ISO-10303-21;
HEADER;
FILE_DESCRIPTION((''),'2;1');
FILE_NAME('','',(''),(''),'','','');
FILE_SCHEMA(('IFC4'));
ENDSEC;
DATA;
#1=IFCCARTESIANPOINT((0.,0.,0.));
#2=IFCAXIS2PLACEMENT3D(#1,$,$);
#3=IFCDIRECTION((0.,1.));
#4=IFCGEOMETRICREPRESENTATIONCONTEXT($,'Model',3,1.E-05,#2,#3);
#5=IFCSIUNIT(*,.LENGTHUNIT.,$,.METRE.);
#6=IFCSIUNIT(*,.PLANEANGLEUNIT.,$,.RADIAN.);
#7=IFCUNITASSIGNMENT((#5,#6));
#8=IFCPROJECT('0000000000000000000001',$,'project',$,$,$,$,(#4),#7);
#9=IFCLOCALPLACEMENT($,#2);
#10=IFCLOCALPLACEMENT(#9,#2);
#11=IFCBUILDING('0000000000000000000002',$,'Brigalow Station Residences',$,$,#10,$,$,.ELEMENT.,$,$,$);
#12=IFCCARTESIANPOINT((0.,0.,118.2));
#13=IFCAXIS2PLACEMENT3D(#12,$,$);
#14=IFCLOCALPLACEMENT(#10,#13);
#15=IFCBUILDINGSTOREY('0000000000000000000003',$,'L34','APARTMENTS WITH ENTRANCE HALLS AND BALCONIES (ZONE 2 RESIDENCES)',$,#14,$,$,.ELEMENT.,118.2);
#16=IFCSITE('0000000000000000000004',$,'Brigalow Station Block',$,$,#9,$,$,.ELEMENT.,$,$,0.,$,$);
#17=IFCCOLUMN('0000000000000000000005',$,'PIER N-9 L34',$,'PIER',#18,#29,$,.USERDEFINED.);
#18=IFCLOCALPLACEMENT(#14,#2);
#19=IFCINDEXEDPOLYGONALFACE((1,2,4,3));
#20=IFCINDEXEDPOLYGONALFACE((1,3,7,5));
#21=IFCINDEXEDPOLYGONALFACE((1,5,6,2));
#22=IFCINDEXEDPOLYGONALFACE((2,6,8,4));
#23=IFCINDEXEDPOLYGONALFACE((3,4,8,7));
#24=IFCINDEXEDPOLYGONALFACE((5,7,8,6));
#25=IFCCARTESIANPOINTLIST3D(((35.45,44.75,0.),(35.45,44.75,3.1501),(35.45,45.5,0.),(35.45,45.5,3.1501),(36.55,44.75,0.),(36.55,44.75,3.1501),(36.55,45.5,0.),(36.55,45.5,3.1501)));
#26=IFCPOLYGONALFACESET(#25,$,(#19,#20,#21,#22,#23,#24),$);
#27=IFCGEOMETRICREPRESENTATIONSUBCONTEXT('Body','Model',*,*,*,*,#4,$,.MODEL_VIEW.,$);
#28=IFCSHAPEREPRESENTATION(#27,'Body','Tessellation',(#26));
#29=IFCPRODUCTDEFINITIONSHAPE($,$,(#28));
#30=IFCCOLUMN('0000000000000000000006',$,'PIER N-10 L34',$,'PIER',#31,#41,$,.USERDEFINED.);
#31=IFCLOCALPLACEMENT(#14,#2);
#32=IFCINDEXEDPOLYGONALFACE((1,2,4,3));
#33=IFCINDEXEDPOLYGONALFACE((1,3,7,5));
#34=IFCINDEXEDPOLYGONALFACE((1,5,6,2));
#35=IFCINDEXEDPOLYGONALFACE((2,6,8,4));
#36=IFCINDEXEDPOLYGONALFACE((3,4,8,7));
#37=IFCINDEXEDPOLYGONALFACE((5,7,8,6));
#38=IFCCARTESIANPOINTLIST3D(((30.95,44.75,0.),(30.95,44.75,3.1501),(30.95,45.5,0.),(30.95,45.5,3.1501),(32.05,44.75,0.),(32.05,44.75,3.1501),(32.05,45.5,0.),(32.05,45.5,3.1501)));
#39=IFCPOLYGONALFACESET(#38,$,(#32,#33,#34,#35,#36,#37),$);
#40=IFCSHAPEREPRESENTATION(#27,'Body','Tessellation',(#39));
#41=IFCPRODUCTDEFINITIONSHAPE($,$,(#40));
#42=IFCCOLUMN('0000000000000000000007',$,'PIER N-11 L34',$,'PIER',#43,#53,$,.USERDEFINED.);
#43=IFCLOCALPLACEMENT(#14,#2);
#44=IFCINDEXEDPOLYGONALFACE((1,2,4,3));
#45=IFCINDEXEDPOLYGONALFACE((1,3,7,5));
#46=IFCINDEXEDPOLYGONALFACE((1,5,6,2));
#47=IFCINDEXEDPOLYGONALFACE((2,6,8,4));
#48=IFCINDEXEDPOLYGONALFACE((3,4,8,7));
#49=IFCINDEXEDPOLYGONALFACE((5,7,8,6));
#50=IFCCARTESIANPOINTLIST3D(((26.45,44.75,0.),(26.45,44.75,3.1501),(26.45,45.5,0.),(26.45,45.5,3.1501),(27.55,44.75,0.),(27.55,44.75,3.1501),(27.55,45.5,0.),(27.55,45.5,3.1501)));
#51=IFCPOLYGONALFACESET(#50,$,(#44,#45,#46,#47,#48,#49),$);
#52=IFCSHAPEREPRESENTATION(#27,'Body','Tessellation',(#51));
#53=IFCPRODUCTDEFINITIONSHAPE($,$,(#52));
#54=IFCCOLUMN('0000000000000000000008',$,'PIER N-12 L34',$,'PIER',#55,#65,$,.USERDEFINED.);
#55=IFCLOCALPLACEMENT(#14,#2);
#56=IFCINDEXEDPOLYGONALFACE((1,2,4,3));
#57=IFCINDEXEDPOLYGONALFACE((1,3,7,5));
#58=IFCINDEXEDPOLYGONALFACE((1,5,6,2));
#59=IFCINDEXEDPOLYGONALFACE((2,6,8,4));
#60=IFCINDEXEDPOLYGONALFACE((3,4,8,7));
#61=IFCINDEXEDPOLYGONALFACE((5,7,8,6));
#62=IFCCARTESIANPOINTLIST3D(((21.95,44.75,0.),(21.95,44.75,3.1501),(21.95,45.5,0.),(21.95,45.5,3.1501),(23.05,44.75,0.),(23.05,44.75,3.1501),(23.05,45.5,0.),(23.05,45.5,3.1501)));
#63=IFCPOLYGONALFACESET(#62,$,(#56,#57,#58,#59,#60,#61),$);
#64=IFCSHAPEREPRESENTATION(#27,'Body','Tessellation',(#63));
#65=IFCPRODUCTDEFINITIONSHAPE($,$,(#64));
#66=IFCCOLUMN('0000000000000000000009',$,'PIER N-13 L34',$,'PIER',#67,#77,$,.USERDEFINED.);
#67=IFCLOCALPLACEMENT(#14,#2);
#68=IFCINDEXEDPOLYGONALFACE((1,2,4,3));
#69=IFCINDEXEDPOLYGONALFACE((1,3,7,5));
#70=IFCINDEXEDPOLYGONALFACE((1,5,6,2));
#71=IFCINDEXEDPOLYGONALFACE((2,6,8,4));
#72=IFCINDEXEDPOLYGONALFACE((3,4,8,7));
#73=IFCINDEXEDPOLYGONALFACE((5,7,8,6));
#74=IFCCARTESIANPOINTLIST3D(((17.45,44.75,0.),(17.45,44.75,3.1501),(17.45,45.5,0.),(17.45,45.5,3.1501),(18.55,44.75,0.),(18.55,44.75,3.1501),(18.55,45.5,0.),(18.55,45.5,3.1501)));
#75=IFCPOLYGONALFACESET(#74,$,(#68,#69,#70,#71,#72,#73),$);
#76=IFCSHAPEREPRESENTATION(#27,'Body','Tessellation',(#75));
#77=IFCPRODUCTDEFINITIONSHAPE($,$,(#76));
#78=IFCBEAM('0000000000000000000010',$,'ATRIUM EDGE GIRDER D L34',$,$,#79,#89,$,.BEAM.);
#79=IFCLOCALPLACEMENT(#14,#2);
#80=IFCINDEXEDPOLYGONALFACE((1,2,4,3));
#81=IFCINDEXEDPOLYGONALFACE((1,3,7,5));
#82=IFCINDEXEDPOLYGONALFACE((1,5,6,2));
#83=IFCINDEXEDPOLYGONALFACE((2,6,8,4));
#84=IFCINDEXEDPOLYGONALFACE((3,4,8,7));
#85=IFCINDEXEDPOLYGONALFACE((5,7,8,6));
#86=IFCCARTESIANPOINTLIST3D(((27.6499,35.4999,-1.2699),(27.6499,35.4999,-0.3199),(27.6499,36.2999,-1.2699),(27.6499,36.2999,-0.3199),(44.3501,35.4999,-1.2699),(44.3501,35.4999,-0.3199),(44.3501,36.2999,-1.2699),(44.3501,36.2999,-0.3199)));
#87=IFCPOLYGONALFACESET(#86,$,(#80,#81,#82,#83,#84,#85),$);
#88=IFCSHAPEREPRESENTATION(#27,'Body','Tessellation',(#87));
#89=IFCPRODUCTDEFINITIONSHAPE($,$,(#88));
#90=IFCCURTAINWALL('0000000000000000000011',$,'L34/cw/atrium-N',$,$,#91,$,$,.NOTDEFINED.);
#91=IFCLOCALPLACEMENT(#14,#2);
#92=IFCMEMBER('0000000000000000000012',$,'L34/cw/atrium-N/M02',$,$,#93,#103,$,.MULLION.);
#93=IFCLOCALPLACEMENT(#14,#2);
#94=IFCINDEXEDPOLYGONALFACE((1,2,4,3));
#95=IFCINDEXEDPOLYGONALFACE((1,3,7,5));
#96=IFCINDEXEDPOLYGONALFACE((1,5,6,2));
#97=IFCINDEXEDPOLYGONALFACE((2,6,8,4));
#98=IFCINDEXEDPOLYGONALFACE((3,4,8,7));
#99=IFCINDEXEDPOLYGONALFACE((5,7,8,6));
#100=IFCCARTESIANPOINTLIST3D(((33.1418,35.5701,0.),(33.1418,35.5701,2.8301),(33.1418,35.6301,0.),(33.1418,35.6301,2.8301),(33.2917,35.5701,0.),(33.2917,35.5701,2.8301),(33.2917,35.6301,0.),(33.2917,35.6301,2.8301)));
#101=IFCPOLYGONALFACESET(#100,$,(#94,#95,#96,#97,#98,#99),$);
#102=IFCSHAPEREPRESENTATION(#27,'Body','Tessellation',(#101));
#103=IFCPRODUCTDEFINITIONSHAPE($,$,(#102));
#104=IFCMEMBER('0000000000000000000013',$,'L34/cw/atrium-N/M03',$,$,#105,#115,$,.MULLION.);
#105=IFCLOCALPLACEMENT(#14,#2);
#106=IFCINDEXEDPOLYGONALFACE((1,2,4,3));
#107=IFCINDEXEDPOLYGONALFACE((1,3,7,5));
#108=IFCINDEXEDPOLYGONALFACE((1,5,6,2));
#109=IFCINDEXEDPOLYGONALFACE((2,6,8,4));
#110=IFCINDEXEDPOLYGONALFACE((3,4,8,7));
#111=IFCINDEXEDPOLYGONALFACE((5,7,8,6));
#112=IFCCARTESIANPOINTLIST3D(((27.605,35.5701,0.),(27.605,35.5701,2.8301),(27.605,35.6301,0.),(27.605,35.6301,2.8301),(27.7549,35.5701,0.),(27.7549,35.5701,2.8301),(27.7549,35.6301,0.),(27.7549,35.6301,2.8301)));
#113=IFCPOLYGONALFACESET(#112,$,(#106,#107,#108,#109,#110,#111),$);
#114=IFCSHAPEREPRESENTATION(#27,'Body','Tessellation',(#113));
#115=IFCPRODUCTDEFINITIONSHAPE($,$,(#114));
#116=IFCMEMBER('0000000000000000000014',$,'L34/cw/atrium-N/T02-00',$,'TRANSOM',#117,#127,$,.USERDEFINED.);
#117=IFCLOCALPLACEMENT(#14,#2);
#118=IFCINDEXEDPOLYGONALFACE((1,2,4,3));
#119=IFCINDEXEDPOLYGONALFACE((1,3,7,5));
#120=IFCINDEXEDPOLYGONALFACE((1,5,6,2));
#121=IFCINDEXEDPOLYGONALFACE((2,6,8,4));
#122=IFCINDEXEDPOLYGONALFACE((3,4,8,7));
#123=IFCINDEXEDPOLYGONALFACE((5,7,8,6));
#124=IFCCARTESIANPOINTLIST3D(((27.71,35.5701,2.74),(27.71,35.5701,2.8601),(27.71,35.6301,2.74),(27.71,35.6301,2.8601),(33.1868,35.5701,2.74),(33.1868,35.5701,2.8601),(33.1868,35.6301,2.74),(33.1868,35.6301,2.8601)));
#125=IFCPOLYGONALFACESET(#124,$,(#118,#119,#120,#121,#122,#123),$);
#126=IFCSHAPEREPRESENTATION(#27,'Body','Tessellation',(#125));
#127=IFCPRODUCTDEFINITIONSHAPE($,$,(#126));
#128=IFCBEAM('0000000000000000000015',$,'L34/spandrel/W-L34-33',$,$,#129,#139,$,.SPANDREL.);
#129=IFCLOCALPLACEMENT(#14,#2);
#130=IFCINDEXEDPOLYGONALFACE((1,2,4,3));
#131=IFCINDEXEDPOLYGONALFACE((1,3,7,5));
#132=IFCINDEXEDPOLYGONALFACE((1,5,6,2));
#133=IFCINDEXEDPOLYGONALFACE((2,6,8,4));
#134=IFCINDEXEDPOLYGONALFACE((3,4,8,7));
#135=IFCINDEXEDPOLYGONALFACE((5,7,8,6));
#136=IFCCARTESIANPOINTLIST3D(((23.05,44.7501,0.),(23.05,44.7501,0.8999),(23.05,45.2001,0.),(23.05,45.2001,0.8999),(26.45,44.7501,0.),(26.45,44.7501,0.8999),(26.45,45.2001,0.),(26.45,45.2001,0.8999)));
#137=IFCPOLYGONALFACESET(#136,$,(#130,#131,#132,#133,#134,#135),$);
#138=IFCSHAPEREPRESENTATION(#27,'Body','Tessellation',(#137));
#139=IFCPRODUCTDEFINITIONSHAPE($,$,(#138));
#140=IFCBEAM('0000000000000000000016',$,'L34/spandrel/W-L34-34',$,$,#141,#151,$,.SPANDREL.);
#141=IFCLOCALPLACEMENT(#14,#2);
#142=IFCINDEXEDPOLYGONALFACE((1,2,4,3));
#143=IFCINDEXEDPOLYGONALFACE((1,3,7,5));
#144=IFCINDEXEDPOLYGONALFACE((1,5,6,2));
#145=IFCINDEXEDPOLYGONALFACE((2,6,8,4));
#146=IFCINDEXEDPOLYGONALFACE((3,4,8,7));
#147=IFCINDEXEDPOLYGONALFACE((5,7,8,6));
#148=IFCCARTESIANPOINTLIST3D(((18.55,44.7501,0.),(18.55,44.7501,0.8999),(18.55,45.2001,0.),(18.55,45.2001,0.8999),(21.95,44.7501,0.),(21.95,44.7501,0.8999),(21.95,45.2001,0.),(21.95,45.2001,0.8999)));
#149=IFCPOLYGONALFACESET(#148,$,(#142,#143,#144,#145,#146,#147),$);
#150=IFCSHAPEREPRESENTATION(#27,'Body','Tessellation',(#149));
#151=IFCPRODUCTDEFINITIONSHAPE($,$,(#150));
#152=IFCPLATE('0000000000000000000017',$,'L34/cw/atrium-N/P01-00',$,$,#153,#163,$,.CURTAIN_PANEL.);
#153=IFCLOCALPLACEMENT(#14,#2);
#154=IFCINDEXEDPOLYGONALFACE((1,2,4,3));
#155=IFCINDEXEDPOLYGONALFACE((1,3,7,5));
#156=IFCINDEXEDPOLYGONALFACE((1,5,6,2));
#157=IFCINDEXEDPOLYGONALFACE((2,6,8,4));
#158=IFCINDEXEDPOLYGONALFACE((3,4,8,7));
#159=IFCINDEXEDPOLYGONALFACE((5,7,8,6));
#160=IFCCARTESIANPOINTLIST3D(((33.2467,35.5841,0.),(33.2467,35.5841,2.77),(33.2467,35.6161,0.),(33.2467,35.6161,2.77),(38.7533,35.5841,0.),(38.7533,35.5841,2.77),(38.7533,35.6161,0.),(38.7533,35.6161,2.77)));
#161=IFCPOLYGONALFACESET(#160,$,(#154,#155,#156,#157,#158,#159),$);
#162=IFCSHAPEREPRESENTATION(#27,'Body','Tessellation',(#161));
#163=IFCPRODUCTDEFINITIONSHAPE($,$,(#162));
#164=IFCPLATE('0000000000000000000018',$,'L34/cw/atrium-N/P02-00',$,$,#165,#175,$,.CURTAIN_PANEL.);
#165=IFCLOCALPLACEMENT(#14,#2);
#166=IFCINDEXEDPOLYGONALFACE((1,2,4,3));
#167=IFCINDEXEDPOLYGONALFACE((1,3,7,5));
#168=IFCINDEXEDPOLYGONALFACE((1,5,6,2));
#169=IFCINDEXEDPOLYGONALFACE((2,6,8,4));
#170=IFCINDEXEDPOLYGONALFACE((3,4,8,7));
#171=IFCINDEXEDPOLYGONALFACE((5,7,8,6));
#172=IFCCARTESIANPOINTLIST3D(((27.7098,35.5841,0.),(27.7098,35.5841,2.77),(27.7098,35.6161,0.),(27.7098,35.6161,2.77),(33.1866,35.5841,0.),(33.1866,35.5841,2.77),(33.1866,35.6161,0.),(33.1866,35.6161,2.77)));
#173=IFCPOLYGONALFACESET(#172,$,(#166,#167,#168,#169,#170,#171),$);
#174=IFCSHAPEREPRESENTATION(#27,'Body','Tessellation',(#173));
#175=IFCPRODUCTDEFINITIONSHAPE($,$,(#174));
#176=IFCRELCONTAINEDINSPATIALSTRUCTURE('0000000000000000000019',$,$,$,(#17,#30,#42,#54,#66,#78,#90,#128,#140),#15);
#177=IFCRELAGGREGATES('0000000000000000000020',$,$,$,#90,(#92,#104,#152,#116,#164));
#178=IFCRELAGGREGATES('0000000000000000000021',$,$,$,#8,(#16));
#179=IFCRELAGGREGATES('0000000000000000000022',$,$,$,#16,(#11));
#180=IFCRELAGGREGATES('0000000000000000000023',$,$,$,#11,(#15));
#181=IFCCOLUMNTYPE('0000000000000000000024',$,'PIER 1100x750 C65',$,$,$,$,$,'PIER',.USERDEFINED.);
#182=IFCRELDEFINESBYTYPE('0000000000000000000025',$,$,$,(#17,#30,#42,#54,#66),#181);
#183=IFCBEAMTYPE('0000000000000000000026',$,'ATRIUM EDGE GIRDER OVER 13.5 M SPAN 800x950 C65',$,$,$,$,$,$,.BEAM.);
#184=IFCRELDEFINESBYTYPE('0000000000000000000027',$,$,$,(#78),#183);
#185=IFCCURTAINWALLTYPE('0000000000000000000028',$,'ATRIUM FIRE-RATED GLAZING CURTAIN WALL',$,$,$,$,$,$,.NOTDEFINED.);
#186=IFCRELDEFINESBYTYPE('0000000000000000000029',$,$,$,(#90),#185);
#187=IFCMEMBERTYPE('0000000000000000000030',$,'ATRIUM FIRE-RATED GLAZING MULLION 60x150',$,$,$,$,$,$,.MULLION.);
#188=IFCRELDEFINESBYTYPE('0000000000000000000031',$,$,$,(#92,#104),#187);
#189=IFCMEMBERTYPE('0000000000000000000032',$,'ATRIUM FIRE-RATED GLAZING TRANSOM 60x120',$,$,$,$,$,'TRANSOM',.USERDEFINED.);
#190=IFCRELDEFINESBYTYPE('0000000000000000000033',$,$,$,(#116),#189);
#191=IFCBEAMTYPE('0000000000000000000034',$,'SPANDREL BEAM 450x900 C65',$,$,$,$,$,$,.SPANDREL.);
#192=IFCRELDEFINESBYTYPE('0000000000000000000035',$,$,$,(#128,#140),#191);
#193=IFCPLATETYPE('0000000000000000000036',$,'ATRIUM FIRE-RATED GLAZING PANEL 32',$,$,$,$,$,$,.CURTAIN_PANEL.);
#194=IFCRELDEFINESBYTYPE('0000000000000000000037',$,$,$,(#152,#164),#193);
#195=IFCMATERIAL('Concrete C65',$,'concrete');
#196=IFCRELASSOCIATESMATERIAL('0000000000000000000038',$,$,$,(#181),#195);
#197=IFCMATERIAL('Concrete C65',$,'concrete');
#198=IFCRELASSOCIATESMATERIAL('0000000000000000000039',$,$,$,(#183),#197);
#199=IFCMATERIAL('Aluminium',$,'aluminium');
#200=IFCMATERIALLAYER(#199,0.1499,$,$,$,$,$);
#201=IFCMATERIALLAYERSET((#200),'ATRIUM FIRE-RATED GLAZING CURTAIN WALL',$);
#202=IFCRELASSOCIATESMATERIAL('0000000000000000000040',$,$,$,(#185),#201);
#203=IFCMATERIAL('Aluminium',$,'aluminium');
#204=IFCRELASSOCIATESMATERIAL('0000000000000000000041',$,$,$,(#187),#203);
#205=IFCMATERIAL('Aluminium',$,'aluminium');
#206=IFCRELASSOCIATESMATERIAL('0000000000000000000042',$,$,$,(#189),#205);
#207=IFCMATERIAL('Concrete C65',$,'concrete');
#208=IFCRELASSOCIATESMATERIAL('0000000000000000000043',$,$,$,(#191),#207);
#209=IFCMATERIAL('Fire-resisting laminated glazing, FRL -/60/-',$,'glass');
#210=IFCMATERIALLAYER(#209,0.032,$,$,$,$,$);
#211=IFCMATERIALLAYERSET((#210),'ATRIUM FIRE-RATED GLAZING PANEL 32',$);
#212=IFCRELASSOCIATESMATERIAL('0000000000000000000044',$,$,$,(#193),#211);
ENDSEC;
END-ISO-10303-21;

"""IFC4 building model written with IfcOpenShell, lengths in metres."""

from ifc_helpers import new_model, si_unit, direction, frame, origin, origin_2d, place, context, subcontext, project, spatial, rectangle, extrude, material, layer, layer_set, material_profile, profile_set, type_object, element, aggregate, save


model = new_model("IFC4")

# Units and contexts
model_context = context("Model", 3, precision=1e-05, world=origin(), true_north=direction((0.0, 1.0)))
body_context = subcontext(model_context, "Body", "Model", "MODEL_VIEW")
ifc_project = project(units=[si_unit("LENGTHUNIT", "METRE"), si_unit("PLANEANGLEUNIT", "RADIAN")], contexts=[model_context])

# Site, building, storey
site_placement = place(None, origin())
site = spatial("IfcSite", under=ifc_project, at=site_placement, Name="Brigalow Station Block", CompositionType="ELEMENT", RefElevation=0.0)
building_placement = place(site_placement, origin())
building = spatial("IfcBuilding", under=site, at=building_placement, Name="Brigalow Station Residences", CompositionType="ELEMENT")
storey_placement = place(building_placement, frame((0.0, 0.0, 118.2)))
storey = spatial("IfcBuildingStorey", under=building, at=storey_placement, Name="L34", Description="APARTMENTS WITH ENTRANCE HALLS AND BALCONIES (ZONE 2 RESIDENCES)", CompositionType="ELEMENT", Elevation=118.2)

# Columns
ifc_material_1 = material(Name="Concrete C65", Category="concrete")
ifc_material_profile_1 = material_profile(ifc_material_1, rectangle(XDim=1.1001, YDim=0.75, at=origin_2d()), Name="RC1100x750")
ifc_profile_set_1 = profile_set([ifc_material_profile_1], Name="Concrete C65")
column_type = type_object("IfcColumnType", Name="PIER 1100x750 C65", ElementType="PIER", PredefinedType="USERDEFINED", material=ifc_profile_set_1)
for number, where, z_axis, x_axis, name in (
    (1, (36.0, 45.125, 0.0), (0.0, 0.0, 1.0), (-1.0, 0.0, 0.0), "PIER N-9 L34"),
    (2, (31.5, 45.125, 0.0), (0.0, 0.0, 1.0), (-1.0, 0.0, 0.0), "PIER N-10 L34"),
    (3, (27.0, 45.125, 0.0), (0.0, 0.0, 1.0), (-1.0, 0.0, 0.0), "PIER N-11 L34"),
    (4, (22.5, 45.125, 0.0), (0.0, 0.0, 1.0), (-1.0, 0.0, 0.0), "PIER N-12 L34"),
    (5, (18.0, 45.125, 0.0), (0.0, 0.0, 1.0), (-1.0, 0.0, 0.0), "PIER N-13 L34"),
):
    element("IfcColumn", number, at=place(storey_placement, frame(where, z_axis=z_axis, x_axis=x_axis)), inside=storey, type_object=column_type, Name=name, ObjectType="PIER", PredefinedType="USERDEFINED", context=body_context, shape_type="SweptSolid", body=[
        extrude(rectangle(XDim=1.1001, YDim=0.75, at=origin_2d()), origin(), (0.0, 0.0, 1.0), 3.1501),
    ])

# Beam
ifc_material_2 = material(Name="Concrete C65", Category="concrete")
ifc_material_profile_2 = material_profile(ifc_material_2, rectangle(XDim=0.8, YDim=0.95, at=origin_2d()), Name="RC800x950")
ifc_profile_set_2 = profile_set([ifc_material_profile_2], Name="Concrete C65")
beam_type_1 = type_object("IfcBeamType", Name="ATRIUM EDGE GIRDER OVER 13.5 M SPAN 800x950 C65", PredefinedType="BEAM", material=ifc_profile_set_2)
beam_placement = place(storey_placement, frame((27.6499, 35.8999, -0.7949), z_axis=(1.0, 0.0, 0.0), x_axis=(0.0, 1.0, 0.0)))
element("IfcBeam", 6, at=beam_placement, inside=storey, type_object=beam_type_1, Name="ATRIUM EDGE GIRDER D L34", PredefinedType="BEAM", context=body_context, shape_type="SweptSolid", body=[
    extrude(rectangle(XDim=0.8, YDim=0.95, at=origin_2d()), origin(), (0.0, 0.0, 1.0), 16.7002),
])

# Curtain wall, members
ifc_material_3 = material(Name="Aluminium", Category="aluminium")
ifc_layer_1 = layer(ifc_material_3, 0.1499)
ifc_layer_set_1 = layer_set([ifc_layer_1], Name="ATRIUM FIRE-RATED GLAZING CURTAIN WALL")
curtain_wall_type = type_object("IfcCurtainWallType", Name="ATRIUM FIRE-RATED GLAZING CURTAIN WALL", PredefinedType="NOTDEFINED", material=ifc_layer_set_1)
curtain_wall_placement = place(storey_placement, origin())
curtain_wall = element("IfcCurtainWall", 7, at=curtain_wall_placement, inside=storey, type_object=curtain_wall_type, Name="L34/cw/atrium-N", PredefinedType="NOTDEFINED")
ifc_material_4 = material(Name="Aluminium", Category="aluminium")
ifc_material_profile_3 = material_profile(ifc_material_4, rectangle(XDim=0.0601, YDim=0.1499, at=origin_2d()), Name="ATRIUM FIRE-RATED GLAZING MULLION 60x150")
ifc_profile_set_3 = profile_set([ifc_material_profile_3], Name="Aluminium")
member_type_1 = type_object("IfcMemberType", Name="ATRIUM FIRE-RATED GLAZING MULLION 60x150", PredefinedType="MULLION", material=ifc_profile_set_3)
member_1_placement = place(storey_placement, frame((33.2168, 35.6001, 0.0), z_axis=(0.0, 0.0, 1.0), x_axis=(0.0, -1.0, 0.0)))
member_1 = element("IfcMember", 8, at=member_1_placement, type_object=member_type_1, Name="L34/cw/atrium-N/M02", PredefinedType="MULLION", context=body_context, shape_type="SweptSolid", body=[
    extrude(rectangle(XDim=0.0601, YDim=0.1499, at=origin_2d()), origin(), (0.0, 0.0, 1.0), 2.8301),
])
member_2_placement = place(storey_placement, frame((27.6799, 35.6001, 0.0), z_axis=(0.0, 0.0, 1.0), x_axis=(0.0, -1.0, 0.0)))
member_2 = element("IfcMember", 9, at=member_2_placement, type_object=member_type_1, Name="L34/cw/atrium-N/M03", PredefinedType="MULLION", context=body_context, shape_type="SweptSolid", body=[
    extrude(rectangle(XDim=0.0601, YDim=0.1499, at=origin_2d()), origin(), (0.0, 0.0, 1.0), 2.8301),
])
ifc_material_5 = material(Name="Aluminium", Category="aluminium")
ifc_material_profile_4 = material_profile(ifc_material_5, rectangle(XDim=0.0601, YDim=0.1201, at=origin_2d()), Name="ATRIUM FIRE-RATED GLAZING TRANSOM 60x120")
ifc_profile_set_4 = profile_set([ifc_material_profile_4], Name="Aluminium")
member_type_2 = type_object("IfcMemberType", Name="ATRIUM FIRE-RATED GLAZING TRANSOM 60x120", ElementType="TRANSOM", PredefinedType="USERDEFINED", material=ifc_profile_set_4)
member_3_placement = place(storey_placement, frame((33.1868, 35.6001, 2.8), z_axis=(-1.0, 0.0, 0.0), x_axis=(0.0, -1.0, 0.0)))
member_3 = element("IfcMember", 10, at=member_3_placement, type_object=member_type_2, Name="L34/cw/atrium-N/T02-00", ObjectType="TRANSOM", PredefinedType="USERDEFINED", context=body_context, shape_type="SweptSolid", body=[
    extrude(rectangle(XDim=0.0601, YDim=0.1201, at=origin_2d()), origin(), (0.0, 0.0, 1.0), 5.4768),
])

# Beams
ifc_material_6 = material(Name="Concrete C65", Category="concrete")
ifc_material_profile_5 = material_profile(ifc_material_6, rectangle(XDim=0.45, YDim=0.8999, at=origin_2d()), Name="RC450x900")
ifc_profile_set_5 = profile_set([ifc_material_profile_5], Name="Concrete C65")
beam_type_2 = type_object("IfcBeamType", Name="SPANDREL BEAM 450x900 C65", PredefinedType="SPANDREL", material=ifc_profile_set_5)
for number, where, z_axis, x_axis, name in (
    (11, (26.45, 44.9751, 0.45), (-1.0, 0.0, 0.0), (0.0, -1.0, 0.0), "L34/spandrel/W-L34-33"),
    (12, (21.95, 44.9751, 0.45), (-1.0, 0.0, 0.0), (0.0, -1.0, 0.0), "L34/spandrel/W-L34-34"),
):
    element("IfcBeam", number, at=place(storey_placement, frame(where, z_axis=z_axis, x_axis=x_axis)), inside=storey, type_object=beam_type_2, Name=name, PredefinedType="SPANDREL", context=body_context, shape_type="SweptSolid", body=[
        extrude(rectangle(XDim=0.45, YDim=0.8999, at=origin_2d()), origin(), (0.0, 0.0, 1.0), 3.3999),
    ])

# Plates
ifc_material_7 = material(Name="Fire-resisting laminated glazing, FRL -/60/-", Category="glass")
ifc_layer_2 = layer(ifc_material_7, 0.032)
ifc_layer_set_2 = layer_set([ifc_layer_2], Name="ATRIUM FIRE-RATED GLAZING PANEL 32")
plate_type = type_object("IfcPlateType", Name="ATRIUM FIRE-RATED GLAZING PANEL 32", PredefinedType="CURTAIN_PANEL", material=ifc_layer_set_2)
plate_1_placement = place(storey_placement, frame((36.0, 35.6001, 0.0), z_axis=(0.0, 0.0, 1.0), x_axis=(-1.0, 0.0, 0.0)))
plate_1 = element("IfcPlate", 13, at=plate_1_placement, type_object=plate_type, Name="L34/cw/atrium-N/P01-00", PredefinedType="CURTAIN_PANEL", context=body_context, shape_type="SweptSolid", body=[
    extrude(rectangle(XDim=5.5066, YDim=0.032, at=origin_2d()), origin(), (0.0, 0.0, 1.0), 2.77),
])
plate_2_placement = place(storey_placement, frame((30.4482, 35.6001, 0.0), z_axis=(0.0, 0.0, 1.0), x_axis=(-1.0, 0.0, 0.0)))
plate_2 = element("IfcPlate", 14, at=plate_2_placement, type_object=plate_type, Name="L34/cw/atrium-N/P02-00", PredefinedType="CURTAIN_PANEL", context=body_context, shape_type="SweptSolid", body=[
    extrude(rectangle(XDim=5.4768, YDim=0.032, at=origin_2d()), origin(), (0.0, 0.0, 1.0), 2.77),
])
aggregate(curtain_wall, [member_1, member_2, plate_1, member_3, plate_2])

save(model, "model.ifc")
